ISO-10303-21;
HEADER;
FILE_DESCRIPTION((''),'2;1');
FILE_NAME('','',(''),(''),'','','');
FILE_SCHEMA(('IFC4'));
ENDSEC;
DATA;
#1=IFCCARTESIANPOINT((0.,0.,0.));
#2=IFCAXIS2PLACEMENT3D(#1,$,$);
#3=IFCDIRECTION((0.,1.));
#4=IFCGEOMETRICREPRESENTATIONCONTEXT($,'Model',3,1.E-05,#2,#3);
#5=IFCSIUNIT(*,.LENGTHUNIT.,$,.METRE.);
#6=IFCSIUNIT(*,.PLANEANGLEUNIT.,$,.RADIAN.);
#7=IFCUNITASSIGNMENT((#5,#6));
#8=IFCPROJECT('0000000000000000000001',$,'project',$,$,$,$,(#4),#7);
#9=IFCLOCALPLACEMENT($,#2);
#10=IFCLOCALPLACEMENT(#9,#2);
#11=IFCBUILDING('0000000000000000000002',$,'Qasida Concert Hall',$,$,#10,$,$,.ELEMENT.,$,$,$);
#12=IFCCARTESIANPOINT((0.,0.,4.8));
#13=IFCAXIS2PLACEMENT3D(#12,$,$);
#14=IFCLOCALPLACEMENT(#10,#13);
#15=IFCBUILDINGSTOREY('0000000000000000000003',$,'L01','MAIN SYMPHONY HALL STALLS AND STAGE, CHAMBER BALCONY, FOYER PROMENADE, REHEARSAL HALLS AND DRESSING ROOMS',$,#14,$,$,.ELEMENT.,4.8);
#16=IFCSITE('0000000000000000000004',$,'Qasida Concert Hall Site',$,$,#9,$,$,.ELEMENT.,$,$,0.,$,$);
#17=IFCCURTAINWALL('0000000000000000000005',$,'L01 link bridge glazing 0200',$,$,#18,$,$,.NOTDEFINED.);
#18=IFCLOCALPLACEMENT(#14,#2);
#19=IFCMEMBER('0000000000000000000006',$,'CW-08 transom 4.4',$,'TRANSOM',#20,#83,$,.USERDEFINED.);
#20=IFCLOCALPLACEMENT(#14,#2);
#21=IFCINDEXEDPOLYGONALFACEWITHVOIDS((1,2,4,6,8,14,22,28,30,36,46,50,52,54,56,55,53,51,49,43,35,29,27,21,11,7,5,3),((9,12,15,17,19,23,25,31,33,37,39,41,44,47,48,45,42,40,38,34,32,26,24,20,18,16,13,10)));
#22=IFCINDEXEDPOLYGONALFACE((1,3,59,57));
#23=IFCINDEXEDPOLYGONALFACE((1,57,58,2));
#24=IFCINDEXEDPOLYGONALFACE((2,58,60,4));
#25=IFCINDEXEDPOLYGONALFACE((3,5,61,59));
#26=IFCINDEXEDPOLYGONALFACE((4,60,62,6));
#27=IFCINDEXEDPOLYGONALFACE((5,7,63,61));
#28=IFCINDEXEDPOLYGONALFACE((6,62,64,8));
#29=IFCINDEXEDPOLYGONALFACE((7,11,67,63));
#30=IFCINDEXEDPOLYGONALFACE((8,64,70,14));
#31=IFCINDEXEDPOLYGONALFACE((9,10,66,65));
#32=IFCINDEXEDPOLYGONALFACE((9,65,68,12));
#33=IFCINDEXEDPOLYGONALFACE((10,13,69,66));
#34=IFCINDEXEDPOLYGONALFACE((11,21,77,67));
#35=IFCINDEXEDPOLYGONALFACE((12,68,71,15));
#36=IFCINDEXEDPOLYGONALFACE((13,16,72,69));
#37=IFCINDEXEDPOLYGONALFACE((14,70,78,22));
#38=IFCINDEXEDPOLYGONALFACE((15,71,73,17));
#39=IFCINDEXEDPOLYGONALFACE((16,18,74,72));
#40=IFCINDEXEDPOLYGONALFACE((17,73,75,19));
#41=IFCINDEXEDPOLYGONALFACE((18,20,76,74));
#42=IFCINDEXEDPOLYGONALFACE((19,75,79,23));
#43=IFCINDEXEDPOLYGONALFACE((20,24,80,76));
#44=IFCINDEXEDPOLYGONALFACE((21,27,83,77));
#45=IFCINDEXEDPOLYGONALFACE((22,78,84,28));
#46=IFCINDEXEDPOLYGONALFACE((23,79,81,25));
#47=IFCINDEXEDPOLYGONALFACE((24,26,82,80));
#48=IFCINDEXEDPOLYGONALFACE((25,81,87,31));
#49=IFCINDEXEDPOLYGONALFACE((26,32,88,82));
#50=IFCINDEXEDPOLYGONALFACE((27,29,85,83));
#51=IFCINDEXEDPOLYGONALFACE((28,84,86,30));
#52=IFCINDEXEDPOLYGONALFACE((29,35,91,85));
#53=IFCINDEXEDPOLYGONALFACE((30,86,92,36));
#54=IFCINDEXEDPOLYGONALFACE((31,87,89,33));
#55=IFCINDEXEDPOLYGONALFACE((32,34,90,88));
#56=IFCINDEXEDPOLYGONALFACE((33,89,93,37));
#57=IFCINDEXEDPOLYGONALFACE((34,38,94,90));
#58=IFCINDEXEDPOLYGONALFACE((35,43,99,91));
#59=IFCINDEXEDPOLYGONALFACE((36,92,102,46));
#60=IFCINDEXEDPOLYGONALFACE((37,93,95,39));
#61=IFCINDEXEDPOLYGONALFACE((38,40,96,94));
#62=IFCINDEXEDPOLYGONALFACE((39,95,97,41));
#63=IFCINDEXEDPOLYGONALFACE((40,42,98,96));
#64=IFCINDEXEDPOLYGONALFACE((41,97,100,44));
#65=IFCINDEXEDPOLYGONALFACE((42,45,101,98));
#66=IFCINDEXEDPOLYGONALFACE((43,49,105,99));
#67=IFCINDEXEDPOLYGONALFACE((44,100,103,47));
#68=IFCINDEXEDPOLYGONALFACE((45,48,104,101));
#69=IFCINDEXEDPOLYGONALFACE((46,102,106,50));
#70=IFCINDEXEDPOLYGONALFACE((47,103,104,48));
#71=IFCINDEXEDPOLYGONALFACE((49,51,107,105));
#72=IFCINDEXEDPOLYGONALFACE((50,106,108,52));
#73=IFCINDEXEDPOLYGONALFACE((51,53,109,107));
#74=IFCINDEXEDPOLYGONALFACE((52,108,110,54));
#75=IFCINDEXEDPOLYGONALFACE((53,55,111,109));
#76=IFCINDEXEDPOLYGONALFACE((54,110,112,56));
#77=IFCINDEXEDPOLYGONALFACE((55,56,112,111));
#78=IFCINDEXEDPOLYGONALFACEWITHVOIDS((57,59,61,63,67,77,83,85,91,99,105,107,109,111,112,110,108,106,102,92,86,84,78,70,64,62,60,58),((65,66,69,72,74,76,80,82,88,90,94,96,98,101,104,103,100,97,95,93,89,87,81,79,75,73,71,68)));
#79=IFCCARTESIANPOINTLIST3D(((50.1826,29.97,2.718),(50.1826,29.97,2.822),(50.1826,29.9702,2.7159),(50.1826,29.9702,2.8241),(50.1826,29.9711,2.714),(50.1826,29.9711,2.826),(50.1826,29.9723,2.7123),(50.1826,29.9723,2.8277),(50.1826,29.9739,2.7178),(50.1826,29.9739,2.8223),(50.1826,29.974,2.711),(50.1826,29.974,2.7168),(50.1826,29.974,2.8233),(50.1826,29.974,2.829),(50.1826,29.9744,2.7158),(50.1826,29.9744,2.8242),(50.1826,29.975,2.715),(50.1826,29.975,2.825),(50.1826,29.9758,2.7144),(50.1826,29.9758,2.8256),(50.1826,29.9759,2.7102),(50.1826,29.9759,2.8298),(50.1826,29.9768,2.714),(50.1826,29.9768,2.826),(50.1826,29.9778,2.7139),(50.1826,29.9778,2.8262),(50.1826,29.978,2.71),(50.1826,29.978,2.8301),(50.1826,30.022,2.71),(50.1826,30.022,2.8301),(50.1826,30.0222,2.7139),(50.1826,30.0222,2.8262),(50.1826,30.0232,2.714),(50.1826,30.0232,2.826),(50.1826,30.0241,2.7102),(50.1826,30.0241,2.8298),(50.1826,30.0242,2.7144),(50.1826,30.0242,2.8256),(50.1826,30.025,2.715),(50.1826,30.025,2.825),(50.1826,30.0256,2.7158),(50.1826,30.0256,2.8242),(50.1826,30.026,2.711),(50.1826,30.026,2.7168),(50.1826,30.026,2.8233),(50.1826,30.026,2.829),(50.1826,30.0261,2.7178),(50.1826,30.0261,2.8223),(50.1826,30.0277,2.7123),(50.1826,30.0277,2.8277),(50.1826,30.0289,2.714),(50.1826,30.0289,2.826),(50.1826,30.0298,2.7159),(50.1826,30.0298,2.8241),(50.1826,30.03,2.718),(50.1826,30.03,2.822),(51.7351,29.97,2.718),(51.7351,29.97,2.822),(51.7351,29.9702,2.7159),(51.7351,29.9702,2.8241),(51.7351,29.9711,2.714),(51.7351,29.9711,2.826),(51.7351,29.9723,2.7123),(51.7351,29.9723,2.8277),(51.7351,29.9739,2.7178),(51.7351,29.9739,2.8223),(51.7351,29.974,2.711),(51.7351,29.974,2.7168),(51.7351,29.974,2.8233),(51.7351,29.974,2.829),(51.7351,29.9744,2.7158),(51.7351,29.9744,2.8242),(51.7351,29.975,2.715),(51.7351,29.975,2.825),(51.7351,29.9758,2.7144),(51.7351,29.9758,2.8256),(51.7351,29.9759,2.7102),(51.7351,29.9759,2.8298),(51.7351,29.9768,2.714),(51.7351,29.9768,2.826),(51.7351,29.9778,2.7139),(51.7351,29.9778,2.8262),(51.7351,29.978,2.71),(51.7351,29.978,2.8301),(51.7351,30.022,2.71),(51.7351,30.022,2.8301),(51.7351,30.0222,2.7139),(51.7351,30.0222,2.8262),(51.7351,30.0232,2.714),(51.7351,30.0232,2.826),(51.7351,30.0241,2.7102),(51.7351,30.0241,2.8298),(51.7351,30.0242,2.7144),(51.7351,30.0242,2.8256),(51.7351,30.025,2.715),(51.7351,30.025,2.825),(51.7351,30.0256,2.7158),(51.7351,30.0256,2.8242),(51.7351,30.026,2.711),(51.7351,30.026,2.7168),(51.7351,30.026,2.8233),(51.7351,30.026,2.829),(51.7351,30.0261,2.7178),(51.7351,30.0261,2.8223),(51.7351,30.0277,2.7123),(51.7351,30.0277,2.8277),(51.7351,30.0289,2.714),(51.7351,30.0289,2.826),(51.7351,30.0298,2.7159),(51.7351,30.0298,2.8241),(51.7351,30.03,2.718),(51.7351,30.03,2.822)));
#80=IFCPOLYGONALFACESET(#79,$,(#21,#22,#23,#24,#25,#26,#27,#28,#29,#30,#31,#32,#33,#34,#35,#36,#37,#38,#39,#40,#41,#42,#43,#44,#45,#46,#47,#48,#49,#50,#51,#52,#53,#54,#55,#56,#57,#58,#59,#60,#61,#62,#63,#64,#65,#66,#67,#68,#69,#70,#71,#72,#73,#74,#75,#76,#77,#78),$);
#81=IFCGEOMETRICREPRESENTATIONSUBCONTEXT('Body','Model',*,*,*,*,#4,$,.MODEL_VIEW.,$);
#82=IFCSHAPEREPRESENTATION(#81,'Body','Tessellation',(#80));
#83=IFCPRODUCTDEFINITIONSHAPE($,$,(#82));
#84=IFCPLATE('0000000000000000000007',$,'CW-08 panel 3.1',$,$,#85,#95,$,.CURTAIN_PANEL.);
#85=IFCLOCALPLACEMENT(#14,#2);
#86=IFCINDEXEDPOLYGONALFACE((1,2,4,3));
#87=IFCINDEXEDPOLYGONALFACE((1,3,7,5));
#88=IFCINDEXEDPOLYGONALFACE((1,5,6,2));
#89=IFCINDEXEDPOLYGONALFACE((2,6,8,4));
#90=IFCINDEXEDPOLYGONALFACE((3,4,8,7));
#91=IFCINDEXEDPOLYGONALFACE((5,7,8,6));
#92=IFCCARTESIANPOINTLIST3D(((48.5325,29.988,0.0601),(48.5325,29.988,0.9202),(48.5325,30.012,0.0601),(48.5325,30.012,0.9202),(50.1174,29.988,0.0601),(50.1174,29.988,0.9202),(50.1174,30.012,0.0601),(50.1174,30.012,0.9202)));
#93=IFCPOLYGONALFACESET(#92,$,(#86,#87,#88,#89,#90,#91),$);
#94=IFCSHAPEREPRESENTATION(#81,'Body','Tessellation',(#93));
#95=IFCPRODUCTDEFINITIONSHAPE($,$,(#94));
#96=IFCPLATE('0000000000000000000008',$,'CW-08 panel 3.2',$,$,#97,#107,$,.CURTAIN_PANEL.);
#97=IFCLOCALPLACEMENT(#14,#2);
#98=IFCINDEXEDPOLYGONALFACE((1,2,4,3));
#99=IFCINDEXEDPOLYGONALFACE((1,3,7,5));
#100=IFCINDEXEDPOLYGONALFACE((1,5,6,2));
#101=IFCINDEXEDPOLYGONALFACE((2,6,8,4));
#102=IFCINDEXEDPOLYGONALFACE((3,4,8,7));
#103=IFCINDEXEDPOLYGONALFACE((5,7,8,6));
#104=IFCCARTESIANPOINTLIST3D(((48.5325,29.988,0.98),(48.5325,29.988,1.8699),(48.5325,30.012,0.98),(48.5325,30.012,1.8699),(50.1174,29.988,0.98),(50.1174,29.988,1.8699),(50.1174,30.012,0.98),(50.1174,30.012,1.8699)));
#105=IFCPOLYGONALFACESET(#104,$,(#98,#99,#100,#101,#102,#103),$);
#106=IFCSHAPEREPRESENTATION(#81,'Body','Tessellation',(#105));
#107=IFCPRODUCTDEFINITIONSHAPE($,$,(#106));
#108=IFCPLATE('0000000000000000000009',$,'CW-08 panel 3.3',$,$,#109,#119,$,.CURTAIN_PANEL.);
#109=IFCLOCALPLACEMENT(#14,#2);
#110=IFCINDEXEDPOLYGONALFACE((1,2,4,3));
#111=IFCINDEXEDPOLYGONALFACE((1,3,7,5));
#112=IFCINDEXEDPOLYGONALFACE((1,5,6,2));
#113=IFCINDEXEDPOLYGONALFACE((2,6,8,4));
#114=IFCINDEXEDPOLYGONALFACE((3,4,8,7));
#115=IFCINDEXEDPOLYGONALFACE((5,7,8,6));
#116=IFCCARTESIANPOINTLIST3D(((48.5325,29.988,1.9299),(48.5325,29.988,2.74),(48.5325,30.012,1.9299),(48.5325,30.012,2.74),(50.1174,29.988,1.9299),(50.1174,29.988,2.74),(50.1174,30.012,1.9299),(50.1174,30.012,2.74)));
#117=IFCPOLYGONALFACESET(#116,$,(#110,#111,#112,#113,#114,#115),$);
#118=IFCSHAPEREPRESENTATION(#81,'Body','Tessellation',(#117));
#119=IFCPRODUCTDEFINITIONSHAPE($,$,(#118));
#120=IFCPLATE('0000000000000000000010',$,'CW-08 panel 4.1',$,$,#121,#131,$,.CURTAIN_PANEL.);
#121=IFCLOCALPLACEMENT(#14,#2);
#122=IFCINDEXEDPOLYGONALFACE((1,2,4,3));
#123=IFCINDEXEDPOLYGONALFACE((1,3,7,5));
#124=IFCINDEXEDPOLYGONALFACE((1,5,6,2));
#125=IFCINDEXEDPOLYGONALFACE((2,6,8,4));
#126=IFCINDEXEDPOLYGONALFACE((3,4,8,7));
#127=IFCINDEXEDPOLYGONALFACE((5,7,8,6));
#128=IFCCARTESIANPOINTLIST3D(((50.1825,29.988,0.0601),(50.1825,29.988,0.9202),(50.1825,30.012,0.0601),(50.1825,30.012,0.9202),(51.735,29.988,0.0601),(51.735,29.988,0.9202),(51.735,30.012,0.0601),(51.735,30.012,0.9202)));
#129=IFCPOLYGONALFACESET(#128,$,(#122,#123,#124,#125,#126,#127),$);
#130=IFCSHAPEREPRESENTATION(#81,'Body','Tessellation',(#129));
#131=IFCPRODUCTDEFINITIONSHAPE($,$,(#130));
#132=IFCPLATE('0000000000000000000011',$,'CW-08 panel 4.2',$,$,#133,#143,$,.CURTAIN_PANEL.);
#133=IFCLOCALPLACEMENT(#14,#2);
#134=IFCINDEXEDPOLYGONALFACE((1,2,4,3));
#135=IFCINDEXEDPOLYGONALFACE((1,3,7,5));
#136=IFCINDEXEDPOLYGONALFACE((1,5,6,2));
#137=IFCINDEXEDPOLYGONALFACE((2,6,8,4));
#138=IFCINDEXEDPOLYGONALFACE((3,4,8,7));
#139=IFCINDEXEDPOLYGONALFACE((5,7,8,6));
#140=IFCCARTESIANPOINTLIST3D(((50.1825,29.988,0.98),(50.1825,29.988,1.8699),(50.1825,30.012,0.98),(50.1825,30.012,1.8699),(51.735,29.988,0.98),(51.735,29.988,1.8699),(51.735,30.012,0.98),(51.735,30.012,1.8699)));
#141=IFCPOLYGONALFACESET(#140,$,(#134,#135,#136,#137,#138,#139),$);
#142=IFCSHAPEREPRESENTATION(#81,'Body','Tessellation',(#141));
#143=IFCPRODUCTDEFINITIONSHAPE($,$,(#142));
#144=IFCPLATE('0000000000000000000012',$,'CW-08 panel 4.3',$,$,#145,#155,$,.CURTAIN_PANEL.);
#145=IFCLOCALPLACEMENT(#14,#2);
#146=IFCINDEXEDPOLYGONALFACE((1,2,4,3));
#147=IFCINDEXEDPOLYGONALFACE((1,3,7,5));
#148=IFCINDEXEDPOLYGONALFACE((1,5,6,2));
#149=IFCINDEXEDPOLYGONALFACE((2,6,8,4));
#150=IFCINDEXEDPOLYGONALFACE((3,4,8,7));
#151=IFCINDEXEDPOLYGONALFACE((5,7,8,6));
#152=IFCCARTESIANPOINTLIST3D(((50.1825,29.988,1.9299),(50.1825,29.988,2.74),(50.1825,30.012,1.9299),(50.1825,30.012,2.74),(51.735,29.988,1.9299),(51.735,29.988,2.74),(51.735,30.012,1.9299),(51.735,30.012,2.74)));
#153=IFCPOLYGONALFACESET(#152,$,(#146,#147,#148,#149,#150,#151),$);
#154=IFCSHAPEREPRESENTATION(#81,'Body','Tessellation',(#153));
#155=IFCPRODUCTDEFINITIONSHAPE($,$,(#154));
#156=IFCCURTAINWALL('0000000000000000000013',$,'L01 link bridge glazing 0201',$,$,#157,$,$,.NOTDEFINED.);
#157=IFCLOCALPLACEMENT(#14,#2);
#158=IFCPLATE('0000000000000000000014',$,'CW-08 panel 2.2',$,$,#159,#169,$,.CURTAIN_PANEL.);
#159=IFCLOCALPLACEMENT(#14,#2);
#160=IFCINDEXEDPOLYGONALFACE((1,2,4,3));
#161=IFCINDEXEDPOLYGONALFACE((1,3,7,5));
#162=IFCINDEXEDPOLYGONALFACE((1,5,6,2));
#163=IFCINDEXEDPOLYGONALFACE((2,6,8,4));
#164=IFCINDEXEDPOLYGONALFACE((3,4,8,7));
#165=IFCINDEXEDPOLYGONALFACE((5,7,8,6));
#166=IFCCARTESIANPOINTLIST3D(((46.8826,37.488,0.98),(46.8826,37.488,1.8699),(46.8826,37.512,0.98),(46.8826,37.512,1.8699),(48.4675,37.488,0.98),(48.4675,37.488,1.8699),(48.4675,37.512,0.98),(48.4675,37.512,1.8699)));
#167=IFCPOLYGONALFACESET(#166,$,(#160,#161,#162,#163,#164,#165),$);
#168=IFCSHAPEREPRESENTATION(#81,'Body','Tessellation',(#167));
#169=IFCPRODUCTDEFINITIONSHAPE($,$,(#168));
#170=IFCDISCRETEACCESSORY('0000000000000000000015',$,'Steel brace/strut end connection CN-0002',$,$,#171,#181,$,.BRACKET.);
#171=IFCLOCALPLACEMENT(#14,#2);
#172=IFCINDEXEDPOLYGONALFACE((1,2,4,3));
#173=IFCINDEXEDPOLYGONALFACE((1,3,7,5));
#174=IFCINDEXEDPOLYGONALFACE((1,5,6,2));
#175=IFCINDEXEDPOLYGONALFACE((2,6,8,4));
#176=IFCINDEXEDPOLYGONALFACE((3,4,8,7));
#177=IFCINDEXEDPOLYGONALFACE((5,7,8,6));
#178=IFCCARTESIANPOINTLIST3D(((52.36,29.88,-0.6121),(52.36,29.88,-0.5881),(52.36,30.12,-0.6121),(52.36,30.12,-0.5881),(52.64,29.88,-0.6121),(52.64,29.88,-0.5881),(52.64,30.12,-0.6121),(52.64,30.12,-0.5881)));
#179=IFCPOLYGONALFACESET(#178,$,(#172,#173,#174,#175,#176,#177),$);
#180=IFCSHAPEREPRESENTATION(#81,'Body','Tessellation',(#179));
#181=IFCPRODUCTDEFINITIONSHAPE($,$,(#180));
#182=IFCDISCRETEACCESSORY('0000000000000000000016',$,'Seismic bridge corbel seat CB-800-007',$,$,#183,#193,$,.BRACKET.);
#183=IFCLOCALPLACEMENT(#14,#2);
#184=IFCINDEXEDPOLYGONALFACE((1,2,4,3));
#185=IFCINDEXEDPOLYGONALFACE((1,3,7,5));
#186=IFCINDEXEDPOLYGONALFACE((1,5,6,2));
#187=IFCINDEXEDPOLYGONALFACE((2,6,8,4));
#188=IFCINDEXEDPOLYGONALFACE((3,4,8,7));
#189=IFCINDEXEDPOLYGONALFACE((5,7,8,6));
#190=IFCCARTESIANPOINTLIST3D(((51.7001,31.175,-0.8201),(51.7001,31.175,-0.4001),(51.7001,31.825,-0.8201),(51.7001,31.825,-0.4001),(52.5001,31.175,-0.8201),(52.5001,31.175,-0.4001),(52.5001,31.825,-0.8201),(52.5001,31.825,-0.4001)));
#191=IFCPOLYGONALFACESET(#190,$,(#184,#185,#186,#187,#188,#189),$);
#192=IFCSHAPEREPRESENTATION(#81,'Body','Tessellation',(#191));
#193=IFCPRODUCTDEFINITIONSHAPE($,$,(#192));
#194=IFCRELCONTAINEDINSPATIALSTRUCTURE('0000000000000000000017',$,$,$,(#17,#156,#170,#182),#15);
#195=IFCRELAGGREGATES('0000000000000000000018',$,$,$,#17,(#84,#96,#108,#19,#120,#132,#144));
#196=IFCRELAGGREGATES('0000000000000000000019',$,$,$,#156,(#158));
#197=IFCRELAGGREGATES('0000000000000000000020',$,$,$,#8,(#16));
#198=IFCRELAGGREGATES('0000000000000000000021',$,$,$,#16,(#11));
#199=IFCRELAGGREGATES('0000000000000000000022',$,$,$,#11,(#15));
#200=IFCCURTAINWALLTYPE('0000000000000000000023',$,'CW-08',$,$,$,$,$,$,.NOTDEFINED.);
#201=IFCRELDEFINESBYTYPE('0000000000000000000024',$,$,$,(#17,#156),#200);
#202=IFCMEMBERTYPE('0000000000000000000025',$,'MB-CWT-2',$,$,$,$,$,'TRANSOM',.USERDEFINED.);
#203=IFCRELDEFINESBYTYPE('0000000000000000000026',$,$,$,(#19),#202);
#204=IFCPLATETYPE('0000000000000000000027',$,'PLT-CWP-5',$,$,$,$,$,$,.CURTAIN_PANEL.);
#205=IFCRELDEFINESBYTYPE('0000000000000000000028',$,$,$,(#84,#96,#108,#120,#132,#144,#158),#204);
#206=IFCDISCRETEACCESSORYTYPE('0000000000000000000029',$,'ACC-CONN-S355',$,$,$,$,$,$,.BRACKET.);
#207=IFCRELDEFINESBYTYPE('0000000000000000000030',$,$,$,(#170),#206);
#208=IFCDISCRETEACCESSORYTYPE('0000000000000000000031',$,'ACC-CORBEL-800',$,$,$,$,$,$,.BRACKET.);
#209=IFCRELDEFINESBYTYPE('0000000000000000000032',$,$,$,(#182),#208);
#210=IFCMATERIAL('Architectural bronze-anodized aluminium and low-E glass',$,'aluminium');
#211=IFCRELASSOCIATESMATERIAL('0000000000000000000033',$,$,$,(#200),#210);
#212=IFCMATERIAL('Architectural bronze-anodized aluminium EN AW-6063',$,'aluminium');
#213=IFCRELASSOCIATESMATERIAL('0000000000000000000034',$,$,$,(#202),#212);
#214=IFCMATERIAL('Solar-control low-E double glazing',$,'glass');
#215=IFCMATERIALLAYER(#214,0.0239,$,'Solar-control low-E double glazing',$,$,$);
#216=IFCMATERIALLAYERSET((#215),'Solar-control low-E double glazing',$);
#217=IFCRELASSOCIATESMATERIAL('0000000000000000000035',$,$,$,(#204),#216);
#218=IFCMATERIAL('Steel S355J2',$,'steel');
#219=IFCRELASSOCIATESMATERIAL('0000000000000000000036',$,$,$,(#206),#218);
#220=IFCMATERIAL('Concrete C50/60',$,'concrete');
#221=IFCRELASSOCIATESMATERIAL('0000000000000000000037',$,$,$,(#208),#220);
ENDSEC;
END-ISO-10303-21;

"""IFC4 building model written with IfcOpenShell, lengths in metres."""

from ifc_helpers import new_model, si_unit, direction, frame, origin, origin_2d, place, context, subcontext, project, spatial, rectangle, hollow_rectangle, extrude, material, layer, layer_set, material_profile, profile_set, type_object, element, aggregate, save


model = new_model("IFC4")

# Units and contexts
model_context = context("Model", 3, precision=1e-05, world=origin(), true_north=direction((0.0, 1.0)))
body_context = subcontext(model_context, "Body", "Model", "MODEL_VIEW")
ifc_project = project(units=[si_unit("LENGTHUNIT", "METRE"), si_unit("PLANEANGLEUNIT", "RADIAN")], contexts=[model_context])

# Site, building, storey
site_placement = place(None, origin())
site = spatial("IfcSite", under=ifc_project, at=site_placement, Name="Qasida Concert Hall Site", CompositionType="ELEMENT", RefElevation=0.0)
building_placement = place(site_placement, origin())
building = spatial("IfcBuilding", under=site, at=building_placement, Name="Qasida Concert Hall", CompositionType="ELEMENT")
storey_placement = place(building_placement, frame((0.0, 0.0, 4.8)))
storey = spatial("IfcBuildingStorey", under=building, at=storey_placement, Name="L01", Description="MAIN SYMPHONY HALL STALLS AND STAGE, CHAMBER BALCONY, FOYER PROMENADE, REHEARSAL HALLS AND DRESSING ROOMS", CompositionType="ELEMENT", Elevation=4.8)

# Shared definitions
ifc_material_1 = material(Name="Concrete C50/60", Category="concrete")

# Curtain wall, member, plates
ifc_material_2 = material(Name="Architectural bronze-anodized aluminium and low-E glass", Category="aluminium")
curtain_wall_type = type_object("IfcCurtainWallType", Name="CW-08", PredefinedType="NOTDEFINED", material=ifc_material_2)
curtain_wall_1_placement = place(storey_placement, origin())
curtain_wall_1 = element("IfcCurtainWall", 1, at=curtain_wall_1_placement, inside=storey, type_object=curtain_wall_type, Name="L01 link bridge glazing 0200", PredefinedType="NOTDEFINED")
ifc_material_3 = material(Name="Architectural bronze-anodized aluminium EN AW-6063", Category="aluminium")
ifc_material_profile_1 = material_profile(ifc_material_3, hollow_rectangle(XDim=0.0601, YDim=0.1201, WallThickness=0.0039, InnerFilletRadius=0.0039, OuterFilletRadius=0.0081, at=origin_2d()), Name="CWT 120x60x4")
ifc_profile_set_1 = profile_set([ifc_material_profile_1], Name="Architectural bronze-anodized aluminium EN AW-6063")
member_type_1 = type_object("IfcMemberType", Name="MB-CWT-2", ElementType="TRANSOM", PredefinedType="USERDEFINED", material=ifc_profile_set_1)
member_1_placement = place(storey_placement, frame((50.1826, 30.0, 2.77), z_axis=(1.0, 0.0, 0.0), x_axis=(0.0, 1.0, 0.0)))
member_1 = element("IfcMember", 2, at=member_1_placement, type_object=member_type_1, Name="CW-08 transom 4.4", ObjectType="TRANSOM", PredefinedType="USERDEFINED", context=body_context, shape_type="SweptSolid", body=[
    extrude(hollow_rectangle(XDim=0.0601, YDim=0.1201, WallThickness=0.0039, InnerFilletRadius=0.0039, OuterFilletRadius=0.0081, at=origin_2d()), origin(), (0.0, 0.0, 1.0), 1.5525),
])
ifc_material_4 = material(Name="Solar-control low-E double glazing", Category="glass")
ifc_layer = layer(ifc_material_4, 0.0239, Name="Solar-control low-E double glazing")
ifc_layer_set = layer_set([ifc_layer], Name="Solar-control low-E double glazing")
plate_type = type_object("IfcPlateType", Name="PLT-CWP-5", PredefinedType="CURTAIN_PANEL", material=ifc_layer_set)
plate_1_placement = place(storey_placement, frame((49.325, 30.0, 0.0601), z_axis=(0.0, 0.0, 1.0), x_axis=(1.0, 0.0, 0.0)))
plate_1 = element("IfcPlate", 3, at=plate_1_placement, type_object=plate_type, Name="CW-08 panel 3.1", PredefinedType="CURTAIN_PANEL", context=body_context, shape_type="SweptSolid", body=[
    extrude(rectangle(XDim=1.585, YDim=0.0239, at=origin_2d()), origin(), (0.0, 0.0, 1.0), 0.8601),
])
plate_2_placement = place(storey_placement, frame((49.325, 30.0, 0.98), z_axis=(0.0, 0.0, 1.0), x_axis=(1.0, 0.0, 0.0)))
plate_2 = element("IfcPlate", 4, at=plate_2_placement, type_object=plate_type, Name="CW-08 panel 3.2", PredefinedType="CURTAIN_PANEL", context=body_context, shape_type="SweptSolid", body=[
    extrude(rectangle(XDim=1.585, YDim=0.0239, at=origin_2d()), origin(), (0.0, 0.0, 1.0), 0.8899),
])
plate_3_placement = place(storey_placement, frame((49.325, 30.0, 1.9299), z_axis=(0.0, 0.0, 1.0), x_axis=(1.0, 0.0, 0.0)))
plate_3 = element("IfcPlate", 5, at=plate_3_placement, type_object=plate_type, Name="CW-08 panel 3.3", PredefinedType="CURTAIN_PANEL", context=body_context, shape_type="SweptSolid", body=[
    extrude(rectangle(XDim=1.585, YDim=0.0239, at=origin_2d()), origin(), (0.0, 0.0, 1.0), 0.8101),
])
plate_4_placement = place(storey_placement, frame((50.9587, 30.0, 0.0601), z_axis=(0.0, 0.0, 1.0), x_axis=(1.0, 0.0, 0.0)))
plate_4 = element("IfcPlate", 6, at=plate_4_placement, type_object=plate_type, Name="CW-08 panel 4.1", PredefinedType="CURTAIN_PANEL", context=body_context, shape_type="SweptSolid", body=[
    extrude(rectangle(XDim=1.5525, YDim=0.0239, at=origin_2d()), origin(), (0.0, 0.0, 1.0), 0.8601),
])
plate_5_placement = place(storey_placement, frame((50.9587, 30.0, 0.98), z_axis=(0.0, 0.0, 1.0), x_axis=(1.0, 0.0, 0.0)))
plate_5 = element("IfcPlate", 7, at=plate_5_placement, type_object=plate_type, Name="CW-08 panel 4.2", PredefinedType="CURTAIN_PANEL", context=body_context, shape_type="SweptSolid", body=[
    extrude(rectangle(XDim=1.5525, YDim=0.0239, at=origin_2d()), origin(), (0.0, 0.0, 1.0), 0.8899),
])
plate_6_placement = place(storey_placement, frame((50.9587, 30.0, 1.9299), z_axis=(0.0, 0.0, 1.0), x_axis=(1.0, 0.0, 0.0)))
plate_6 = element("IfcPlate", 8, at=plate_6_placement, type_object=plate_type, Name="CW-08 panel 4.3", PredefinedType="CURTAIN_PANEL", context=body_context, shape_type="SweptSolid", body=[
    extrude(rectangle(XDim=1.5525, YDim=0.0239, at=origin_2d()), origin(), (0.0, 0.0, 1.0), 0.8101),
])
aggregate(curtain_wall_1, [plate_1, plate_2, plate_3, member_1, plate_4, plate_5, plate_6])

# Curtain wall, plate
curtain_wall_2_placement = place(storey_placement, origin())
curtain_wall_2 = element("IfcCurtainWall", 9, at=curtain_wall_2_placement, inside=storey, type_object=curtain_wall_type, Name="L01 link bridge glazing 0201", PredefinedType="NOTDEFINED")
plate_7_placement = place(storey_placement, frame((47.675, 37.5, 0.98), z_axis=(0.0, 0.0, 1.0), x_axis=(1.0, 0.0, 0.0)))
plate_7 = element("IfcPlate", 10, at=plate_7_placement, type_object=plate_type, Name="CW-08 panel 2.2", PredefinedType="CURTAIN_PANEL", context=body_context, shape_type="SweptSolid", body=[
    extrude(rectangle(XDim=1.585, YDim=0.0239, at=origin_2d()), origin(), (0.0, 0.0, 1.0), 0.8899),
])
aggregate(curtain_wall_2, [plate_7])

# Discrete accessories
ifc_material_5 = material(Name="Steel S355J2", Category="steel")
discrete_accessory_type_1 = type_object("IfcDiscreteAccessoryType", Name="ACC-CONN-S355", PredefinedType="BRACKET", material=ifc_material_5)
discrete_accessory_placement = place(storey_placement, frame((52.5, 30.0, -0.6121), z_axis=(0.0, 0.0, 1.0), x_axis=(1.0, 0.0, 0.0)))
element("IfcDiscreteAccessory", 11, at=discrete_accessory_placement, inside=storey, type_object=discrete_accessory_type_1, Name="Steel brace/strut end connection CN-0002", PredefinedType="BRACKET", context=body_context, shape_type="SweptSolid", body=[
    extrude(rectangle(XDim=0.28, YDim=0.24, at=origin_2d()), origin(), (0.0, 0.0, 1.0), 0.0239),
])
discrete_accessory_type_2 = type_object("IfcDiscreteAccessoryType", Name="ACC-CORBEL-800", PredefinedType="BRACKET", material=ifc_material_1)
for number, where, z_axis, x_axis, name in (
    (12, (52.1001, 31.5, -0.8201), (0.0, 0.0, 1.0), (1.0, 0.0, 0.0), "Seismic bridge corbel seat CB-800-007"),
):
    element("IfcDiscreteAccessory", number, at=place(storey_placement, frame(where, z_axis=z_axis, x_axis=x_axis)), inside=storey, type_object=discrete_accessory_type_2, Name=name, PredefinedType="BRACKET", context=body_context, shape_type="SweptSolid", body=[
        extrude(rectangle(XDim=0.8, YDim=0.6499, at=origin_2d()), origin(), (0.0, 0.0, 1.0), 0.4199),
    ])

save(model, "model.ifc")
